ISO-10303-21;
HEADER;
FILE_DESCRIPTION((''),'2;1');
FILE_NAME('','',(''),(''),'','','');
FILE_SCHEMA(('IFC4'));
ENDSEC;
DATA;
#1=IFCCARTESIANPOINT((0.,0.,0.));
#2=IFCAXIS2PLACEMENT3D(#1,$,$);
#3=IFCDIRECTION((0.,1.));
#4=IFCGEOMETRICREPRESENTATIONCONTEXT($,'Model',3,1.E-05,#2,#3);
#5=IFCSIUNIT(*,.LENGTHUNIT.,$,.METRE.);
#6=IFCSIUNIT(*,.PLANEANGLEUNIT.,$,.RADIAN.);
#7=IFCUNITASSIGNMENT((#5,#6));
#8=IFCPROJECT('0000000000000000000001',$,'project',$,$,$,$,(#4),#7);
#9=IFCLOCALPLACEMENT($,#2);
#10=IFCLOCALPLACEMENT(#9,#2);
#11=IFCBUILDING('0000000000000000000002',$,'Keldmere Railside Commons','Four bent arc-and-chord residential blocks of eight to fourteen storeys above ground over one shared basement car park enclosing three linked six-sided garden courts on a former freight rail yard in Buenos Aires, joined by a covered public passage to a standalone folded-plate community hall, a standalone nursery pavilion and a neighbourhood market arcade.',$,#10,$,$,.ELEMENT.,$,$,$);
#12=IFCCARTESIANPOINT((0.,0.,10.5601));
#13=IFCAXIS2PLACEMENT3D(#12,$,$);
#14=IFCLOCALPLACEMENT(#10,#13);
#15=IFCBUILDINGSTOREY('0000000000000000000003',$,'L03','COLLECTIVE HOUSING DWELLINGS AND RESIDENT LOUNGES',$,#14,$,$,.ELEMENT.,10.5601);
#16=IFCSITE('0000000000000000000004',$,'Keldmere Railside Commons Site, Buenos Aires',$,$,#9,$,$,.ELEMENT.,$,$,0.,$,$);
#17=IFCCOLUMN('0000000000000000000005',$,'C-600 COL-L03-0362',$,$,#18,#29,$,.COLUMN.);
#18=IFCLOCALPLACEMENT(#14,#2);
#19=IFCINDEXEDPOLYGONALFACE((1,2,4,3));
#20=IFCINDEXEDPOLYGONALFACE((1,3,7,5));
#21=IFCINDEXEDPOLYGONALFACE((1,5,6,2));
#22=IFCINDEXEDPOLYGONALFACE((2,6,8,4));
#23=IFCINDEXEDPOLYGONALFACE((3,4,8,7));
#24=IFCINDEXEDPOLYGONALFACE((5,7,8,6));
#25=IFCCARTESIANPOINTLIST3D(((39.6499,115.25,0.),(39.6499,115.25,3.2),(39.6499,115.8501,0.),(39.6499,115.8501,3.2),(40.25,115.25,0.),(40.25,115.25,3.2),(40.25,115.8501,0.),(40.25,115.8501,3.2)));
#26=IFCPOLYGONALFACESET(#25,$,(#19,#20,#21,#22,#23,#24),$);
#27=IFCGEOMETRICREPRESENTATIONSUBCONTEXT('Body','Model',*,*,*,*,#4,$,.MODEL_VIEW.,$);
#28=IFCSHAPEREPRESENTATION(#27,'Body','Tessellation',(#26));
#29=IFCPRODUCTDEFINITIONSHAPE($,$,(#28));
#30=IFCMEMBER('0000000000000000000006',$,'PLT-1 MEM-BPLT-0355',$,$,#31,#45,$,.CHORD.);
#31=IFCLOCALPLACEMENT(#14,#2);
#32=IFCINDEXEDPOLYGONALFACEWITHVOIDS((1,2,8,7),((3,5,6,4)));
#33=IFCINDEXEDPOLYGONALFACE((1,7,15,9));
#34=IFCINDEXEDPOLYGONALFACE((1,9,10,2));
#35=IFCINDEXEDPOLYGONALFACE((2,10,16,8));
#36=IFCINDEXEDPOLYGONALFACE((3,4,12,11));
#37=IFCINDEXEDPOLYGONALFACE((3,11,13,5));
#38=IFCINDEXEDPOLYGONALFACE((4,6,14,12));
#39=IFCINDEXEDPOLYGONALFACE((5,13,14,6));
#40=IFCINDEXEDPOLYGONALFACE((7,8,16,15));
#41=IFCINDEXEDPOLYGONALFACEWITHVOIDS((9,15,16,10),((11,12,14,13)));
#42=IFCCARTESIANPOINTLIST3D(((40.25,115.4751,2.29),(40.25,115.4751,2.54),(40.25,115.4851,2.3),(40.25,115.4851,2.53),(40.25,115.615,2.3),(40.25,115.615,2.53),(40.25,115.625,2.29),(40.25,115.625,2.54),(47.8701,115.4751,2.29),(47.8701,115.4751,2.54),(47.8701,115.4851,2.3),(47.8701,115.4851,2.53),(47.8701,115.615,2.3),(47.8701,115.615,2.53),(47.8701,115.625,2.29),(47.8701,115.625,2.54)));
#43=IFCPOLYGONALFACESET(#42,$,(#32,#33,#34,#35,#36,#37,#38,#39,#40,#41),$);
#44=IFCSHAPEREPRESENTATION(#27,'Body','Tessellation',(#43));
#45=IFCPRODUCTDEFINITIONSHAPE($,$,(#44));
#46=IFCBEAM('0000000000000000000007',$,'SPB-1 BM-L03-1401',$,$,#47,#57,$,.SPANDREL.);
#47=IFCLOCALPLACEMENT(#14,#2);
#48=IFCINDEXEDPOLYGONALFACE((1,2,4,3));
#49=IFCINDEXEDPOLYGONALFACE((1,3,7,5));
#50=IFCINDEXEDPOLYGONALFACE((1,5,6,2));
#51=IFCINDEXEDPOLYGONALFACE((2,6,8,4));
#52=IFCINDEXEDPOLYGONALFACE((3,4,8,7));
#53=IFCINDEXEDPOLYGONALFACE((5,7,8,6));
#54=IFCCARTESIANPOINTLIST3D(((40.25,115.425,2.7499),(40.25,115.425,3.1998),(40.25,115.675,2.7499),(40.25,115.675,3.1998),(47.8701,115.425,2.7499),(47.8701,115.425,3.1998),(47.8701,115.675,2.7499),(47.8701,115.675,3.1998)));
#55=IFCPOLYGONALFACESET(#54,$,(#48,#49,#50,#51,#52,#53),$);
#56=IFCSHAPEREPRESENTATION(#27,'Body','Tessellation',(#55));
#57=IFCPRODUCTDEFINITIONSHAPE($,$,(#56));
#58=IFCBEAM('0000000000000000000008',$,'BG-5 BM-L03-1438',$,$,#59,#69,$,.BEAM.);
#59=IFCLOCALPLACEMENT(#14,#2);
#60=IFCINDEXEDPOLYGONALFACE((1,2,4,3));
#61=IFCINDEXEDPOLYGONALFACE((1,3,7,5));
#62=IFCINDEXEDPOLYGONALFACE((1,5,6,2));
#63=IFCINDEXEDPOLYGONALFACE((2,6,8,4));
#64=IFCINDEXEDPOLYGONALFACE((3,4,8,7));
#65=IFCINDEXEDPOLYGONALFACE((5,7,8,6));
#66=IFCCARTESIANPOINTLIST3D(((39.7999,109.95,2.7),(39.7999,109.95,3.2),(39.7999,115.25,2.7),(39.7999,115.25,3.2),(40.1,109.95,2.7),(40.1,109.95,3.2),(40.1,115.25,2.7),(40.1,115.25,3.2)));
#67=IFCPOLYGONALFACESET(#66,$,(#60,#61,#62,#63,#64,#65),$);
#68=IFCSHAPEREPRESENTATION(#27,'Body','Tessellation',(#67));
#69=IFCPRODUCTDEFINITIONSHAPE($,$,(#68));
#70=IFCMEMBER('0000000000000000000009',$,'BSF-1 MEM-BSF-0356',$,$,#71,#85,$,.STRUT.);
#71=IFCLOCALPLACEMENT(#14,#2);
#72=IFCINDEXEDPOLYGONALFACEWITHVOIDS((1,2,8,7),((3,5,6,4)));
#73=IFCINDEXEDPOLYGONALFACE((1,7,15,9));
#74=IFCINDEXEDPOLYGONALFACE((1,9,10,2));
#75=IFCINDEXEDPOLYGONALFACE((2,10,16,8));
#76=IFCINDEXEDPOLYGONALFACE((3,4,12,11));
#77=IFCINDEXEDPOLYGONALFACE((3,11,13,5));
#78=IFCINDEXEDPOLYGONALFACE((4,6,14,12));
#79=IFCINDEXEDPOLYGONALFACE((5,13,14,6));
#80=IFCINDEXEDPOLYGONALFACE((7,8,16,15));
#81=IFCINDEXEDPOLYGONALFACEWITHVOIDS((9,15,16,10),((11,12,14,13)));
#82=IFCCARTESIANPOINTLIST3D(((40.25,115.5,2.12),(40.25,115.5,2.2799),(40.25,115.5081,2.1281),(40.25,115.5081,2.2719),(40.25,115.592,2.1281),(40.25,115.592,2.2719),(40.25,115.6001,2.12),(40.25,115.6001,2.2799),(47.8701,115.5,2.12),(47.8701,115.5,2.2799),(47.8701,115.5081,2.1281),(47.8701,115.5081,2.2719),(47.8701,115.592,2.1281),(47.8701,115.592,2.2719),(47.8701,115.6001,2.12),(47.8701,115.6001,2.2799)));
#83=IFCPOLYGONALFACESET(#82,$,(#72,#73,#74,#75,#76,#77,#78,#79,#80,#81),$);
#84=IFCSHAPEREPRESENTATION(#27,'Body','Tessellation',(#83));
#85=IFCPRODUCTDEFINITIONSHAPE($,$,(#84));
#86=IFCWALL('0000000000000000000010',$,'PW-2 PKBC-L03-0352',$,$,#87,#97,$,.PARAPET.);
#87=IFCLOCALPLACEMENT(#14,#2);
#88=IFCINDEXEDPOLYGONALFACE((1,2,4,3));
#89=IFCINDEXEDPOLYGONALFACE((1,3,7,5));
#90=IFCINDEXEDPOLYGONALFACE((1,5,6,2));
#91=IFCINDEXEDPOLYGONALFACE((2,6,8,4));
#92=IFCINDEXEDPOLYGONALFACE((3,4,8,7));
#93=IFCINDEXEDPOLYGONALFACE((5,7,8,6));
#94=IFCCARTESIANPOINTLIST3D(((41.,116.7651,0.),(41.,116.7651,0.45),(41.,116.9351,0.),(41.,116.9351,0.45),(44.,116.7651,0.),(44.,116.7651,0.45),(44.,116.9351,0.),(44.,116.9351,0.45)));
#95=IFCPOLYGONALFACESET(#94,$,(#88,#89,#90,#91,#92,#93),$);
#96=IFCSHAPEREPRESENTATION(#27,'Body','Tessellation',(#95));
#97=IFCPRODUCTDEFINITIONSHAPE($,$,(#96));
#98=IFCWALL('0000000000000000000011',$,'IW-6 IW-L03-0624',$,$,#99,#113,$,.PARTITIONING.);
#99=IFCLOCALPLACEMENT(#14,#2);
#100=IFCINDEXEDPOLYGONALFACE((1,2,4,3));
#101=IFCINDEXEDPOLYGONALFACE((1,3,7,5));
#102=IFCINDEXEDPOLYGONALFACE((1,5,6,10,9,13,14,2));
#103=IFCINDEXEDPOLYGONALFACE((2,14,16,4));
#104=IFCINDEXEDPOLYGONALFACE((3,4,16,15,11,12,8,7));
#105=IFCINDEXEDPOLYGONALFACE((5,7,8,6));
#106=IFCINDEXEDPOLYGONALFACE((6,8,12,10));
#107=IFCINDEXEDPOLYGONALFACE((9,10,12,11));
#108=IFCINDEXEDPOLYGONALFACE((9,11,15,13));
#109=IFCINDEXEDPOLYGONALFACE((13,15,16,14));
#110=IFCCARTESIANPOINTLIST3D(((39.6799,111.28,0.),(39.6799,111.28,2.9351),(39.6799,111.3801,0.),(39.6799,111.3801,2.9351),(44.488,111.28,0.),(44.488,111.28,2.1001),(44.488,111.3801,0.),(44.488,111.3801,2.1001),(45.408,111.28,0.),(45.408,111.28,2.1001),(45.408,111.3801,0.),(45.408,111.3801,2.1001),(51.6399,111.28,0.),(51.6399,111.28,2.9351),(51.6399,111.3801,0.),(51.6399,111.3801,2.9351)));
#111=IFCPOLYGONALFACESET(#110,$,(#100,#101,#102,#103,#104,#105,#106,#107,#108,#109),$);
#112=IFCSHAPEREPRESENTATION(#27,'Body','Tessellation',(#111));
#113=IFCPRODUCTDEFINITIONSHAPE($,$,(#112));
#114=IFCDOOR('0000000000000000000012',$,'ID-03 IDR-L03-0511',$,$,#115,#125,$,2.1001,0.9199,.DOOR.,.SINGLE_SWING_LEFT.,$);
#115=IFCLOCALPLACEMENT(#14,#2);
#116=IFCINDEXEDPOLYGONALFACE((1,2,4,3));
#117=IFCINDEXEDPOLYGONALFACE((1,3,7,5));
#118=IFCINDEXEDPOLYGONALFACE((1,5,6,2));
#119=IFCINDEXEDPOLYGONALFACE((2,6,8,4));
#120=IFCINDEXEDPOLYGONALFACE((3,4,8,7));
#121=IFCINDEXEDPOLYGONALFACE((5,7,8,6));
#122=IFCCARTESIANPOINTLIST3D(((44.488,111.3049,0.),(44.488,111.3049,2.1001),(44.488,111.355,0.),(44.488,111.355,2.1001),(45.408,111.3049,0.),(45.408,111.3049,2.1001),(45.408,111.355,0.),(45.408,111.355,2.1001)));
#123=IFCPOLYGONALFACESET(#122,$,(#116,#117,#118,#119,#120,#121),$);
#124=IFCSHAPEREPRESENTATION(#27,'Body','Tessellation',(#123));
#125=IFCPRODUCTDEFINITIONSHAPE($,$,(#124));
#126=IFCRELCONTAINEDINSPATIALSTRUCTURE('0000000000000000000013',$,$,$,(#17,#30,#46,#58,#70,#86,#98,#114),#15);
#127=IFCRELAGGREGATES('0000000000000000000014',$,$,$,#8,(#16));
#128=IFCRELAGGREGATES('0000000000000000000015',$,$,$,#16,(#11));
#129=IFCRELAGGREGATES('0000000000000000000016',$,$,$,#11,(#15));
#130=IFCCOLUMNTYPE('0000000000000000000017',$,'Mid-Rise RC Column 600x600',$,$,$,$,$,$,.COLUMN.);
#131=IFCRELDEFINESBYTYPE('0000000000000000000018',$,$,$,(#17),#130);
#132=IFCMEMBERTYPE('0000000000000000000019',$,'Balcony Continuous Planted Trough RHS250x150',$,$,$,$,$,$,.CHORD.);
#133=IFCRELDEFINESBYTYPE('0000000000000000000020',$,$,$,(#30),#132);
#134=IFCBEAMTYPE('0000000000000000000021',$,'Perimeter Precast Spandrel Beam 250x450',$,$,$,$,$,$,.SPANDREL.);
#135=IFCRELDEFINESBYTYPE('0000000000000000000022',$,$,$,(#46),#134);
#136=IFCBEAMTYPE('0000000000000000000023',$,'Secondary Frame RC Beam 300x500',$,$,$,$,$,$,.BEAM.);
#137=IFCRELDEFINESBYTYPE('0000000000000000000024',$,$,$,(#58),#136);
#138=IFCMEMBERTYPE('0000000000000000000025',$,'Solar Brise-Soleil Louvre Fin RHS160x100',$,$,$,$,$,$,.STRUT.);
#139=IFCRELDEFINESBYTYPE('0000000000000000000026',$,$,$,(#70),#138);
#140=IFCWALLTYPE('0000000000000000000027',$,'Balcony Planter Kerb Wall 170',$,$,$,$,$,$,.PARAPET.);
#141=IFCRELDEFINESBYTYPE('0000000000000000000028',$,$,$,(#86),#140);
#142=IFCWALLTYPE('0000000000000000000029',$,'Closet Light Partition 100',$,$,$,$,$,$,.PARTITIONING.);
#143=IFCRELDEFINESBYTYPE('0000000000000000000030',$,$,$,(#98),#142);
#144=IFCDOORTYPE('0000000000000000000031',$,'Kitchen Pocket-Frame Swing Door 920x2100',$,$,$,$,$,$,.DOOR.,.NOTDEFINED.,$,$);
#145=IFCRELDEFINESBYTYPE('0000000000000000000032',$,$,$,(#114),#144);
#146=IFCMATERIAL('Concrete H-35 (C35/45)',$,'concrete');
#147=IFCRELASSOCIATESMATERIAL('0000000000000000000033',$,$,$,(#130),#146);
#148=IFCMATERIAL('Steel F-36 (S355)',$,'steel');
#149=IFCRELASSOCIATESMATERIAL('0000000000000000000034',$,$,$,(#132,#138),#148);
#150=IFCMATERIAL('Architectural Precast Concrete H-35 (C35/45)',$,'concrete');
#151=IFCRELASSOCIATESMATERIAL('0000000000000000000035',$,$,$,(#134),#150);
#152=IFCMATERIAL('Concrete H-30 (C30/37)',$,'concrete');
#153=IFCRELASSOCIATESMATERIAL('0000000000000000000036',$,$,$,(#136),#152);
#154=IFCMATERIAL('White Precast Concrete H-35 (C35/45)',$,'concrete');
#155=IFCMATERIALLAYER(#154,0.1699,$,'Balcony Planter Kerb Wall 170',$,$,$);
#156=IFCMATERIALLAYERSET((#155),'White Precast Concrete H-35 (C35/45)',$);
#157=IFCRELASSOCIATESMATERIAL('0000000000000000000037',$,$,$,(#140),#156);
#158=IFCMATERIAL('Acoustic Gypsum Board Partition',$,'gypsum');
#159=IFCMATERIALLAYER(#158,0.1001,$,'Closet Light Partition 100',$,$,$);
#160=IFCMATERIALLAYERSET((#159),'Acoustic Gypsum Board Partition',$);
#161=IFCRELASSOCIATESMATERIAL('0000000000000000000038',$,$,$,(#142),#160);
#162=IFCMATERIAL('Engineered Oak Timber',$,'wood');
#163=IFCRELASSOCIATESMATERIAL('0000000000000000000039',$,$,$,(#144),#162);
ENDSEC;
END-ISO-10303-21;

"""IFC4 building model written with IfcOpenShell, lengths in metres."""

from ifc_helpers import new_model, si_unit, direction, frame, frame_2d, origin, origin_2d, place, context, subcontext, project, spatial, rectangle, hollow_rectangle, extrude, material, layer, layer_set, material_profile, profile_set, type_object, element, fill, save


model = new_model("IFC4")

# Units and contexts
model_context = context("Model", 3, precision=1e-05, world=origin(), true_north=direction((0.0, 1.0)))
body_context = subcontext(model_context, "Body", "Model", "MODEL_VIEW")
ifc_project = project(units=[si_unit("LENGTHUNIT", "METRE"), si_unit("PLANEANGLEUNIT", "RADIAN")], contexts=[model_context])

# Site, building, storey
site_placement = place(None, origin())
site = spatial("IfcSite", under=ifc_project, at=site_placement, Name="Keldmere Railside Commons Site, Buenos Aires", CompositionType="ELEMENT", RefElevation=0.0)
building_placement = place(site_placement, origin())
building = spatial("IfcBuilding", under=site, at=building_placement, Name="Keldmere Railside Commons", Description="Four bent arc-and-chord residential blocks of eight to fourteen storeys above ground over one shared basement car park enclosing three linked six-sided garden courts on a former freight rail yard in Buenos Aires, joined by a covered public passage to a standalone folded-plate community hall, a standalone nursery pavilion and a neighbourhood market arcade.", CompositionType="ELEMENT")
storey_placement = place(building_placement, frame((0.0, 0.0, 10.5601)))
storey = spatial("IfcBuildingStorey", under=building, at=storey_placement, Name="L03", Description="COLLECTIVE HOUSING DWELLINGS AND RESIDENT LOUNGES", CompositionType="ELEMENT", Elevation=10.5601)

# Column
ifc_material_1 = material(Name="Concrete H-35 (C35/45)", Category="concrete")
ifc_material_profile_1 = material_profile(ifc_material_1, rectangle(XDim=0.6001, YDim=0.6001, at=origin_2d()), Name="RC-600x600")
ifc_profile_set_1 = profile_set([ifc_material_profile_1], Name="Concrete H-35 (C35/45)")
column_type = type_object("IfcColumnType", Name="Mid-Rise RC Column 600x600", PredefinedType="COLUMN", material=ifc_profile_set_1)
column_placement = place(storey_placement, frame((39.95, 115.55, 0.0), z_axis=(0.0, 0.0, 1.0), x_axis=(1.0, 0.0, 0.0)))
element("IfcColumn", 1, at=column_placement, inside=storey, type_object=column_type, Name="C-600 COL-L03-0362", PredefinedType="COLUMN", context=body_context, shape_type="SweptSolid", body=[
    extrude(rectangle(XDim=0.6001, YDim=0.6001, at=origin_2d()), origin(), (0.0, 0.0, 1.0), 3.2),
])

# Member
ifc_material_2 = material(Name="Steel F-36 (S355)", Category="steel")
ifc_material_profile_2 = material_profile(ifc_material_2, hollow_rectangle(XDim=0.1499, YDim=0.25, WallThickness=0.01, at=origin_2d()), Name="RHS-250x150x10")
ifc_profile_set_2 = profile_set([ifc_material_profile_2], Name="Steel F-36 (S355)")
member_type_1 = type_object("IfcMemberType", Name="Balcony Continuous Planted Trough RHS250x150", PredefinedType="CHORD", material=ifc_profile_set_2)
member_1_placement = place(storey_placement, frame((40.25, 115.55, 2.415), z_axis=(1.0, 0.0, 0.0), x_axis=(0.0, 1.0, 0.0)))
element("IfcMember", 2, at=member_1_placement, inside=storey, type_object=member_type_1, Name="PLT-1 MEM-BPLT-0355", PredefinedType="CHORD", context=body_context, shape_type="SweptSolid", body=[
    extrude(hollow_rectangle(XDim=0.1499, YDim=0.25, WallThickness=0.01, at=origin_2d()), origin(), (0.0, 0.0, 1.0), 7.6201),
])

# Beams
ifc_material_3 = material(Name="Architectural Precast Concrete H-35 (C35/45)", Category="concrete")
ifc_material_profile_3 = material_profile(ifc_material_3, rectangle(XDim=0.25, YDim=0.45, at=origin_2d()), Name="RC-250x450")
ifc_profile_set_3 = profile_set([ifc_material_profile_3], Name="Architectural Precast Concrete H-35 (C35/45)")
beam_type_1 = type_object("IfcBeamType", Name="Perimeter Precast Spandrel Beam 250x450", PredefinedType="SPANDREL", material=ifc_profile_set_3)
beam_1_placement = place(storey_placement, frame((40.25, 115.55, 2.9749), z_axis=(1.0, 0.0, 0.0), x_axis=(0.0, 1.0, 0.0)))
element("IfcBeam", 3, at=beam_1_placement, inside=storey, type_object=beam_type_1, Name="SPB-1 BM-L03-1401", PredefinedType="SPANDREL", context=body_context, shape_type="SweptSolid", body=[
    extrude(rectangle(XDim=0.25, YDim=0.45, at=origin_2d()), origin(), (0.0, 0.0, 1.0), 7.6201),
])
ifc_material_4 = material(Name="Concrete H-30 (C30/37)", Category="concrete")
ifc_material_profile_4 = material_profile(ifc_material_4, rectangle(XDim=0.3, YDim=0.5, at=origin_2d()), Name="RC-300x500")
ifc_profile_set_4 = profile_set([ifc_material_profile_4], Name="Concrete H-30 (C30/37)")
beam_type_2 = type_object("IfcBeamType", Name="Secondary Frame RC Beam 300x500", PredefinedType="BEAM", material=ifc_profile_set_4)
beam_2_placement = place(storey_placement, frame((39.95, 109.95, 2.95), z_axis=(0.0, 1.0, 0.0), x_axis=(-1.0, 0.0, 0.0)))
element("IfcBeam", 4, at=beam_2_placement, inside=storey, type_object=beam_type_2, Name="BG-5 BM-L03-1438", PredefinedType="BEAM", context=body_context, shape_type="SweptSolid", body=[
    extrude(rectangle(XDim=0.3, YDim=0.5, at=origin_2d()), origin(), (0.0, 0.0, 1.0), 5.3),
])

# Member
ifc_material_profile_5 = material_profile(ifc_material_2, hollow_rectangle(XDim=0.1001, YDim=0.1599, WallThickness=0.0081, at=origin_2d()), Name="RHS-160x100x8")
ifc_profile_set_5 = profile_set([ifc_material_profile_5], Name="Steel F-36 (S355)")
member_type_2 = type_object("IfcMemberType", Name="Solar Brise-Soleil Louvre Fin RHS160x100", PredefinedType="STRUT", material=ifc_profile_set_5)
member_2_placement = place(storey_placement, frame((40.25, 115.55, 2.2), z_axis=(1.0, 0.0, 0.0), x_axis=(0.0, 1.0, 0.0)))
element("IfcMember", 5, at=member_2_placement, inside=storey, type_object=member_type_2, Name="BSF-1 MEM-BSF-0356", PredefinedType="STRUT", context=body_context, shape_type="SweptSolid", body=[
    extrude(hollow_rectangle(XDim=0.1001, YDim=0.1599, WallThickness=0.0081, at=origin_2d()), origin(), (0.0, 0.0, 1.0), 7.6201),
])

# Wall
ifc_material_5 = material(Name="White Precast Concrete H-35 (C35/45)", Category="concrete")
ifc_layer_1 = layer(ifc_material_5, 0.1699, Name="Balcony Planter Kerb Wall 170")
ifc_layer_set_1 = layer_set([ifc_layer_1], Name="White Precast Concrete H-35 (C35/45)")
wall_type_1 = type_object("IfcWallType", Name="Balcony Planter Kerb Wall 170", PredefinedType="PARAPET", material=ifc_layer_set_1)
wall_1_placement = place(storey_placement, frame((41.0, 116.8501, 0.0), z_axis=(0.0, 0.0, 1.0), x_axis=(1.0, 0.0, 0.0)))
element("IfcWall", 6, at=wall_1_placement, inside=storey, type_object=wall_type_1, Name="PW-2 PKBC-L03-0352", PredefinedType="PARAPET", context=body_context, shape_type="SweptSolid", body=[
    extrude(rectangle(XDim=3.0, YDim=0.1699, at=frame_2d((1.5, 0.0))), origin(), (0.0, 0.0, 1.0), 0.45),
])

# Wall, opening, door
ifc_material_6 = material(Name="Acoustic Gypsum Board Partition", Category="gypsum")
ifc_layer_2 = layer(ifc_material_6, 0.1001, Name="Closet Light Partition 100")
ifc_layer_set_2 = layer_set([ifc_layer_2], Name="Acoustic Gypsum Board Partition")
wall_type_2 = type_object("IfcWallType", Name="Closet Light Partition 100", PredefinedType="PARTITIONING", material=ifc_layer_set_2)
wall_2_placement = place(storey_placement, frame((39.6799, 111.3301, 0.0), z_axis=(0.0, 0.0, 1.0), x_axis=(1.0, 0.0, 0.0)))
wall_2 = element("IfcWall", 7, at=wall_2_placement, inside=storey, type_object=wall_type_2, Name="IW-6 IW-L03-0624", PredefinedType="PARTITIONING", context=body_context, shape_type="SweptSolid", body=[
    extrude(rectangle(XDim=11.96, YDim=0.1001, at=frame_2d((5.98, 0.0))), origin(), (0.0, 0.0, 1.0), 2.9351),
])
opening_1_placement = place(wall_2_placement, frame((4.8081, 0.0, 0.0)))
opening_1 = element("IfcOpeningElement", 8, at=opening_1_placement, cuts=wall_2, PredefinedType="OPENING", context=body_context, shape_type="SweptSolid", body=[
    extrude(rectangle(XDim=0.9199, YDim=2.1001, at=frame_2d((0.46, 1.05))), frame((0.0, 0.0601, 0.0), z_axis=(0.0, -1.0, 0.0), x_axis=(1.0, 0.0, 0.0)), (0.0, 0.0, 1.0), 0.1201),
])
ifc_material_7 = material(Name="Engineered Oak Timber", Category="wood")
door_type_1 = type_object("IfcDoorType", Name="Kitchen Pocket-Frame Swing Door 920x2100", OperationType="NOTDEFINED", PredefinedType="DOOR", material=ifc_material_7)
door_1_placement = place(opening_1_placement, origin())
door_1 = element("IfcDoor", 9, at=door_1_placement, inside=storey, type_object=door_type_1, Name="ID-03 IDR-L03-0511", OperationType="SINGLE_SWING_LEFT", OverallHeight=2.1001, OverallWidth=0.9199, PredefinedType="DOOR", context=body_context, shape_type="SweptSolid", body=[
    extrude(rectangle(XDim=0.9199, YDim=2.1001, at=frame_2d((0.46, 1.05))), frame((0.0, 0.0249, 0.0), z_axis=(0.0, -1.0, 0.0), x_axis=(1.0, 0.0, 0.0)), (0.0, 0.0, 1.0), 0.05),
])
fill(opening_1, door_1)

save(model, "model.ifc")
